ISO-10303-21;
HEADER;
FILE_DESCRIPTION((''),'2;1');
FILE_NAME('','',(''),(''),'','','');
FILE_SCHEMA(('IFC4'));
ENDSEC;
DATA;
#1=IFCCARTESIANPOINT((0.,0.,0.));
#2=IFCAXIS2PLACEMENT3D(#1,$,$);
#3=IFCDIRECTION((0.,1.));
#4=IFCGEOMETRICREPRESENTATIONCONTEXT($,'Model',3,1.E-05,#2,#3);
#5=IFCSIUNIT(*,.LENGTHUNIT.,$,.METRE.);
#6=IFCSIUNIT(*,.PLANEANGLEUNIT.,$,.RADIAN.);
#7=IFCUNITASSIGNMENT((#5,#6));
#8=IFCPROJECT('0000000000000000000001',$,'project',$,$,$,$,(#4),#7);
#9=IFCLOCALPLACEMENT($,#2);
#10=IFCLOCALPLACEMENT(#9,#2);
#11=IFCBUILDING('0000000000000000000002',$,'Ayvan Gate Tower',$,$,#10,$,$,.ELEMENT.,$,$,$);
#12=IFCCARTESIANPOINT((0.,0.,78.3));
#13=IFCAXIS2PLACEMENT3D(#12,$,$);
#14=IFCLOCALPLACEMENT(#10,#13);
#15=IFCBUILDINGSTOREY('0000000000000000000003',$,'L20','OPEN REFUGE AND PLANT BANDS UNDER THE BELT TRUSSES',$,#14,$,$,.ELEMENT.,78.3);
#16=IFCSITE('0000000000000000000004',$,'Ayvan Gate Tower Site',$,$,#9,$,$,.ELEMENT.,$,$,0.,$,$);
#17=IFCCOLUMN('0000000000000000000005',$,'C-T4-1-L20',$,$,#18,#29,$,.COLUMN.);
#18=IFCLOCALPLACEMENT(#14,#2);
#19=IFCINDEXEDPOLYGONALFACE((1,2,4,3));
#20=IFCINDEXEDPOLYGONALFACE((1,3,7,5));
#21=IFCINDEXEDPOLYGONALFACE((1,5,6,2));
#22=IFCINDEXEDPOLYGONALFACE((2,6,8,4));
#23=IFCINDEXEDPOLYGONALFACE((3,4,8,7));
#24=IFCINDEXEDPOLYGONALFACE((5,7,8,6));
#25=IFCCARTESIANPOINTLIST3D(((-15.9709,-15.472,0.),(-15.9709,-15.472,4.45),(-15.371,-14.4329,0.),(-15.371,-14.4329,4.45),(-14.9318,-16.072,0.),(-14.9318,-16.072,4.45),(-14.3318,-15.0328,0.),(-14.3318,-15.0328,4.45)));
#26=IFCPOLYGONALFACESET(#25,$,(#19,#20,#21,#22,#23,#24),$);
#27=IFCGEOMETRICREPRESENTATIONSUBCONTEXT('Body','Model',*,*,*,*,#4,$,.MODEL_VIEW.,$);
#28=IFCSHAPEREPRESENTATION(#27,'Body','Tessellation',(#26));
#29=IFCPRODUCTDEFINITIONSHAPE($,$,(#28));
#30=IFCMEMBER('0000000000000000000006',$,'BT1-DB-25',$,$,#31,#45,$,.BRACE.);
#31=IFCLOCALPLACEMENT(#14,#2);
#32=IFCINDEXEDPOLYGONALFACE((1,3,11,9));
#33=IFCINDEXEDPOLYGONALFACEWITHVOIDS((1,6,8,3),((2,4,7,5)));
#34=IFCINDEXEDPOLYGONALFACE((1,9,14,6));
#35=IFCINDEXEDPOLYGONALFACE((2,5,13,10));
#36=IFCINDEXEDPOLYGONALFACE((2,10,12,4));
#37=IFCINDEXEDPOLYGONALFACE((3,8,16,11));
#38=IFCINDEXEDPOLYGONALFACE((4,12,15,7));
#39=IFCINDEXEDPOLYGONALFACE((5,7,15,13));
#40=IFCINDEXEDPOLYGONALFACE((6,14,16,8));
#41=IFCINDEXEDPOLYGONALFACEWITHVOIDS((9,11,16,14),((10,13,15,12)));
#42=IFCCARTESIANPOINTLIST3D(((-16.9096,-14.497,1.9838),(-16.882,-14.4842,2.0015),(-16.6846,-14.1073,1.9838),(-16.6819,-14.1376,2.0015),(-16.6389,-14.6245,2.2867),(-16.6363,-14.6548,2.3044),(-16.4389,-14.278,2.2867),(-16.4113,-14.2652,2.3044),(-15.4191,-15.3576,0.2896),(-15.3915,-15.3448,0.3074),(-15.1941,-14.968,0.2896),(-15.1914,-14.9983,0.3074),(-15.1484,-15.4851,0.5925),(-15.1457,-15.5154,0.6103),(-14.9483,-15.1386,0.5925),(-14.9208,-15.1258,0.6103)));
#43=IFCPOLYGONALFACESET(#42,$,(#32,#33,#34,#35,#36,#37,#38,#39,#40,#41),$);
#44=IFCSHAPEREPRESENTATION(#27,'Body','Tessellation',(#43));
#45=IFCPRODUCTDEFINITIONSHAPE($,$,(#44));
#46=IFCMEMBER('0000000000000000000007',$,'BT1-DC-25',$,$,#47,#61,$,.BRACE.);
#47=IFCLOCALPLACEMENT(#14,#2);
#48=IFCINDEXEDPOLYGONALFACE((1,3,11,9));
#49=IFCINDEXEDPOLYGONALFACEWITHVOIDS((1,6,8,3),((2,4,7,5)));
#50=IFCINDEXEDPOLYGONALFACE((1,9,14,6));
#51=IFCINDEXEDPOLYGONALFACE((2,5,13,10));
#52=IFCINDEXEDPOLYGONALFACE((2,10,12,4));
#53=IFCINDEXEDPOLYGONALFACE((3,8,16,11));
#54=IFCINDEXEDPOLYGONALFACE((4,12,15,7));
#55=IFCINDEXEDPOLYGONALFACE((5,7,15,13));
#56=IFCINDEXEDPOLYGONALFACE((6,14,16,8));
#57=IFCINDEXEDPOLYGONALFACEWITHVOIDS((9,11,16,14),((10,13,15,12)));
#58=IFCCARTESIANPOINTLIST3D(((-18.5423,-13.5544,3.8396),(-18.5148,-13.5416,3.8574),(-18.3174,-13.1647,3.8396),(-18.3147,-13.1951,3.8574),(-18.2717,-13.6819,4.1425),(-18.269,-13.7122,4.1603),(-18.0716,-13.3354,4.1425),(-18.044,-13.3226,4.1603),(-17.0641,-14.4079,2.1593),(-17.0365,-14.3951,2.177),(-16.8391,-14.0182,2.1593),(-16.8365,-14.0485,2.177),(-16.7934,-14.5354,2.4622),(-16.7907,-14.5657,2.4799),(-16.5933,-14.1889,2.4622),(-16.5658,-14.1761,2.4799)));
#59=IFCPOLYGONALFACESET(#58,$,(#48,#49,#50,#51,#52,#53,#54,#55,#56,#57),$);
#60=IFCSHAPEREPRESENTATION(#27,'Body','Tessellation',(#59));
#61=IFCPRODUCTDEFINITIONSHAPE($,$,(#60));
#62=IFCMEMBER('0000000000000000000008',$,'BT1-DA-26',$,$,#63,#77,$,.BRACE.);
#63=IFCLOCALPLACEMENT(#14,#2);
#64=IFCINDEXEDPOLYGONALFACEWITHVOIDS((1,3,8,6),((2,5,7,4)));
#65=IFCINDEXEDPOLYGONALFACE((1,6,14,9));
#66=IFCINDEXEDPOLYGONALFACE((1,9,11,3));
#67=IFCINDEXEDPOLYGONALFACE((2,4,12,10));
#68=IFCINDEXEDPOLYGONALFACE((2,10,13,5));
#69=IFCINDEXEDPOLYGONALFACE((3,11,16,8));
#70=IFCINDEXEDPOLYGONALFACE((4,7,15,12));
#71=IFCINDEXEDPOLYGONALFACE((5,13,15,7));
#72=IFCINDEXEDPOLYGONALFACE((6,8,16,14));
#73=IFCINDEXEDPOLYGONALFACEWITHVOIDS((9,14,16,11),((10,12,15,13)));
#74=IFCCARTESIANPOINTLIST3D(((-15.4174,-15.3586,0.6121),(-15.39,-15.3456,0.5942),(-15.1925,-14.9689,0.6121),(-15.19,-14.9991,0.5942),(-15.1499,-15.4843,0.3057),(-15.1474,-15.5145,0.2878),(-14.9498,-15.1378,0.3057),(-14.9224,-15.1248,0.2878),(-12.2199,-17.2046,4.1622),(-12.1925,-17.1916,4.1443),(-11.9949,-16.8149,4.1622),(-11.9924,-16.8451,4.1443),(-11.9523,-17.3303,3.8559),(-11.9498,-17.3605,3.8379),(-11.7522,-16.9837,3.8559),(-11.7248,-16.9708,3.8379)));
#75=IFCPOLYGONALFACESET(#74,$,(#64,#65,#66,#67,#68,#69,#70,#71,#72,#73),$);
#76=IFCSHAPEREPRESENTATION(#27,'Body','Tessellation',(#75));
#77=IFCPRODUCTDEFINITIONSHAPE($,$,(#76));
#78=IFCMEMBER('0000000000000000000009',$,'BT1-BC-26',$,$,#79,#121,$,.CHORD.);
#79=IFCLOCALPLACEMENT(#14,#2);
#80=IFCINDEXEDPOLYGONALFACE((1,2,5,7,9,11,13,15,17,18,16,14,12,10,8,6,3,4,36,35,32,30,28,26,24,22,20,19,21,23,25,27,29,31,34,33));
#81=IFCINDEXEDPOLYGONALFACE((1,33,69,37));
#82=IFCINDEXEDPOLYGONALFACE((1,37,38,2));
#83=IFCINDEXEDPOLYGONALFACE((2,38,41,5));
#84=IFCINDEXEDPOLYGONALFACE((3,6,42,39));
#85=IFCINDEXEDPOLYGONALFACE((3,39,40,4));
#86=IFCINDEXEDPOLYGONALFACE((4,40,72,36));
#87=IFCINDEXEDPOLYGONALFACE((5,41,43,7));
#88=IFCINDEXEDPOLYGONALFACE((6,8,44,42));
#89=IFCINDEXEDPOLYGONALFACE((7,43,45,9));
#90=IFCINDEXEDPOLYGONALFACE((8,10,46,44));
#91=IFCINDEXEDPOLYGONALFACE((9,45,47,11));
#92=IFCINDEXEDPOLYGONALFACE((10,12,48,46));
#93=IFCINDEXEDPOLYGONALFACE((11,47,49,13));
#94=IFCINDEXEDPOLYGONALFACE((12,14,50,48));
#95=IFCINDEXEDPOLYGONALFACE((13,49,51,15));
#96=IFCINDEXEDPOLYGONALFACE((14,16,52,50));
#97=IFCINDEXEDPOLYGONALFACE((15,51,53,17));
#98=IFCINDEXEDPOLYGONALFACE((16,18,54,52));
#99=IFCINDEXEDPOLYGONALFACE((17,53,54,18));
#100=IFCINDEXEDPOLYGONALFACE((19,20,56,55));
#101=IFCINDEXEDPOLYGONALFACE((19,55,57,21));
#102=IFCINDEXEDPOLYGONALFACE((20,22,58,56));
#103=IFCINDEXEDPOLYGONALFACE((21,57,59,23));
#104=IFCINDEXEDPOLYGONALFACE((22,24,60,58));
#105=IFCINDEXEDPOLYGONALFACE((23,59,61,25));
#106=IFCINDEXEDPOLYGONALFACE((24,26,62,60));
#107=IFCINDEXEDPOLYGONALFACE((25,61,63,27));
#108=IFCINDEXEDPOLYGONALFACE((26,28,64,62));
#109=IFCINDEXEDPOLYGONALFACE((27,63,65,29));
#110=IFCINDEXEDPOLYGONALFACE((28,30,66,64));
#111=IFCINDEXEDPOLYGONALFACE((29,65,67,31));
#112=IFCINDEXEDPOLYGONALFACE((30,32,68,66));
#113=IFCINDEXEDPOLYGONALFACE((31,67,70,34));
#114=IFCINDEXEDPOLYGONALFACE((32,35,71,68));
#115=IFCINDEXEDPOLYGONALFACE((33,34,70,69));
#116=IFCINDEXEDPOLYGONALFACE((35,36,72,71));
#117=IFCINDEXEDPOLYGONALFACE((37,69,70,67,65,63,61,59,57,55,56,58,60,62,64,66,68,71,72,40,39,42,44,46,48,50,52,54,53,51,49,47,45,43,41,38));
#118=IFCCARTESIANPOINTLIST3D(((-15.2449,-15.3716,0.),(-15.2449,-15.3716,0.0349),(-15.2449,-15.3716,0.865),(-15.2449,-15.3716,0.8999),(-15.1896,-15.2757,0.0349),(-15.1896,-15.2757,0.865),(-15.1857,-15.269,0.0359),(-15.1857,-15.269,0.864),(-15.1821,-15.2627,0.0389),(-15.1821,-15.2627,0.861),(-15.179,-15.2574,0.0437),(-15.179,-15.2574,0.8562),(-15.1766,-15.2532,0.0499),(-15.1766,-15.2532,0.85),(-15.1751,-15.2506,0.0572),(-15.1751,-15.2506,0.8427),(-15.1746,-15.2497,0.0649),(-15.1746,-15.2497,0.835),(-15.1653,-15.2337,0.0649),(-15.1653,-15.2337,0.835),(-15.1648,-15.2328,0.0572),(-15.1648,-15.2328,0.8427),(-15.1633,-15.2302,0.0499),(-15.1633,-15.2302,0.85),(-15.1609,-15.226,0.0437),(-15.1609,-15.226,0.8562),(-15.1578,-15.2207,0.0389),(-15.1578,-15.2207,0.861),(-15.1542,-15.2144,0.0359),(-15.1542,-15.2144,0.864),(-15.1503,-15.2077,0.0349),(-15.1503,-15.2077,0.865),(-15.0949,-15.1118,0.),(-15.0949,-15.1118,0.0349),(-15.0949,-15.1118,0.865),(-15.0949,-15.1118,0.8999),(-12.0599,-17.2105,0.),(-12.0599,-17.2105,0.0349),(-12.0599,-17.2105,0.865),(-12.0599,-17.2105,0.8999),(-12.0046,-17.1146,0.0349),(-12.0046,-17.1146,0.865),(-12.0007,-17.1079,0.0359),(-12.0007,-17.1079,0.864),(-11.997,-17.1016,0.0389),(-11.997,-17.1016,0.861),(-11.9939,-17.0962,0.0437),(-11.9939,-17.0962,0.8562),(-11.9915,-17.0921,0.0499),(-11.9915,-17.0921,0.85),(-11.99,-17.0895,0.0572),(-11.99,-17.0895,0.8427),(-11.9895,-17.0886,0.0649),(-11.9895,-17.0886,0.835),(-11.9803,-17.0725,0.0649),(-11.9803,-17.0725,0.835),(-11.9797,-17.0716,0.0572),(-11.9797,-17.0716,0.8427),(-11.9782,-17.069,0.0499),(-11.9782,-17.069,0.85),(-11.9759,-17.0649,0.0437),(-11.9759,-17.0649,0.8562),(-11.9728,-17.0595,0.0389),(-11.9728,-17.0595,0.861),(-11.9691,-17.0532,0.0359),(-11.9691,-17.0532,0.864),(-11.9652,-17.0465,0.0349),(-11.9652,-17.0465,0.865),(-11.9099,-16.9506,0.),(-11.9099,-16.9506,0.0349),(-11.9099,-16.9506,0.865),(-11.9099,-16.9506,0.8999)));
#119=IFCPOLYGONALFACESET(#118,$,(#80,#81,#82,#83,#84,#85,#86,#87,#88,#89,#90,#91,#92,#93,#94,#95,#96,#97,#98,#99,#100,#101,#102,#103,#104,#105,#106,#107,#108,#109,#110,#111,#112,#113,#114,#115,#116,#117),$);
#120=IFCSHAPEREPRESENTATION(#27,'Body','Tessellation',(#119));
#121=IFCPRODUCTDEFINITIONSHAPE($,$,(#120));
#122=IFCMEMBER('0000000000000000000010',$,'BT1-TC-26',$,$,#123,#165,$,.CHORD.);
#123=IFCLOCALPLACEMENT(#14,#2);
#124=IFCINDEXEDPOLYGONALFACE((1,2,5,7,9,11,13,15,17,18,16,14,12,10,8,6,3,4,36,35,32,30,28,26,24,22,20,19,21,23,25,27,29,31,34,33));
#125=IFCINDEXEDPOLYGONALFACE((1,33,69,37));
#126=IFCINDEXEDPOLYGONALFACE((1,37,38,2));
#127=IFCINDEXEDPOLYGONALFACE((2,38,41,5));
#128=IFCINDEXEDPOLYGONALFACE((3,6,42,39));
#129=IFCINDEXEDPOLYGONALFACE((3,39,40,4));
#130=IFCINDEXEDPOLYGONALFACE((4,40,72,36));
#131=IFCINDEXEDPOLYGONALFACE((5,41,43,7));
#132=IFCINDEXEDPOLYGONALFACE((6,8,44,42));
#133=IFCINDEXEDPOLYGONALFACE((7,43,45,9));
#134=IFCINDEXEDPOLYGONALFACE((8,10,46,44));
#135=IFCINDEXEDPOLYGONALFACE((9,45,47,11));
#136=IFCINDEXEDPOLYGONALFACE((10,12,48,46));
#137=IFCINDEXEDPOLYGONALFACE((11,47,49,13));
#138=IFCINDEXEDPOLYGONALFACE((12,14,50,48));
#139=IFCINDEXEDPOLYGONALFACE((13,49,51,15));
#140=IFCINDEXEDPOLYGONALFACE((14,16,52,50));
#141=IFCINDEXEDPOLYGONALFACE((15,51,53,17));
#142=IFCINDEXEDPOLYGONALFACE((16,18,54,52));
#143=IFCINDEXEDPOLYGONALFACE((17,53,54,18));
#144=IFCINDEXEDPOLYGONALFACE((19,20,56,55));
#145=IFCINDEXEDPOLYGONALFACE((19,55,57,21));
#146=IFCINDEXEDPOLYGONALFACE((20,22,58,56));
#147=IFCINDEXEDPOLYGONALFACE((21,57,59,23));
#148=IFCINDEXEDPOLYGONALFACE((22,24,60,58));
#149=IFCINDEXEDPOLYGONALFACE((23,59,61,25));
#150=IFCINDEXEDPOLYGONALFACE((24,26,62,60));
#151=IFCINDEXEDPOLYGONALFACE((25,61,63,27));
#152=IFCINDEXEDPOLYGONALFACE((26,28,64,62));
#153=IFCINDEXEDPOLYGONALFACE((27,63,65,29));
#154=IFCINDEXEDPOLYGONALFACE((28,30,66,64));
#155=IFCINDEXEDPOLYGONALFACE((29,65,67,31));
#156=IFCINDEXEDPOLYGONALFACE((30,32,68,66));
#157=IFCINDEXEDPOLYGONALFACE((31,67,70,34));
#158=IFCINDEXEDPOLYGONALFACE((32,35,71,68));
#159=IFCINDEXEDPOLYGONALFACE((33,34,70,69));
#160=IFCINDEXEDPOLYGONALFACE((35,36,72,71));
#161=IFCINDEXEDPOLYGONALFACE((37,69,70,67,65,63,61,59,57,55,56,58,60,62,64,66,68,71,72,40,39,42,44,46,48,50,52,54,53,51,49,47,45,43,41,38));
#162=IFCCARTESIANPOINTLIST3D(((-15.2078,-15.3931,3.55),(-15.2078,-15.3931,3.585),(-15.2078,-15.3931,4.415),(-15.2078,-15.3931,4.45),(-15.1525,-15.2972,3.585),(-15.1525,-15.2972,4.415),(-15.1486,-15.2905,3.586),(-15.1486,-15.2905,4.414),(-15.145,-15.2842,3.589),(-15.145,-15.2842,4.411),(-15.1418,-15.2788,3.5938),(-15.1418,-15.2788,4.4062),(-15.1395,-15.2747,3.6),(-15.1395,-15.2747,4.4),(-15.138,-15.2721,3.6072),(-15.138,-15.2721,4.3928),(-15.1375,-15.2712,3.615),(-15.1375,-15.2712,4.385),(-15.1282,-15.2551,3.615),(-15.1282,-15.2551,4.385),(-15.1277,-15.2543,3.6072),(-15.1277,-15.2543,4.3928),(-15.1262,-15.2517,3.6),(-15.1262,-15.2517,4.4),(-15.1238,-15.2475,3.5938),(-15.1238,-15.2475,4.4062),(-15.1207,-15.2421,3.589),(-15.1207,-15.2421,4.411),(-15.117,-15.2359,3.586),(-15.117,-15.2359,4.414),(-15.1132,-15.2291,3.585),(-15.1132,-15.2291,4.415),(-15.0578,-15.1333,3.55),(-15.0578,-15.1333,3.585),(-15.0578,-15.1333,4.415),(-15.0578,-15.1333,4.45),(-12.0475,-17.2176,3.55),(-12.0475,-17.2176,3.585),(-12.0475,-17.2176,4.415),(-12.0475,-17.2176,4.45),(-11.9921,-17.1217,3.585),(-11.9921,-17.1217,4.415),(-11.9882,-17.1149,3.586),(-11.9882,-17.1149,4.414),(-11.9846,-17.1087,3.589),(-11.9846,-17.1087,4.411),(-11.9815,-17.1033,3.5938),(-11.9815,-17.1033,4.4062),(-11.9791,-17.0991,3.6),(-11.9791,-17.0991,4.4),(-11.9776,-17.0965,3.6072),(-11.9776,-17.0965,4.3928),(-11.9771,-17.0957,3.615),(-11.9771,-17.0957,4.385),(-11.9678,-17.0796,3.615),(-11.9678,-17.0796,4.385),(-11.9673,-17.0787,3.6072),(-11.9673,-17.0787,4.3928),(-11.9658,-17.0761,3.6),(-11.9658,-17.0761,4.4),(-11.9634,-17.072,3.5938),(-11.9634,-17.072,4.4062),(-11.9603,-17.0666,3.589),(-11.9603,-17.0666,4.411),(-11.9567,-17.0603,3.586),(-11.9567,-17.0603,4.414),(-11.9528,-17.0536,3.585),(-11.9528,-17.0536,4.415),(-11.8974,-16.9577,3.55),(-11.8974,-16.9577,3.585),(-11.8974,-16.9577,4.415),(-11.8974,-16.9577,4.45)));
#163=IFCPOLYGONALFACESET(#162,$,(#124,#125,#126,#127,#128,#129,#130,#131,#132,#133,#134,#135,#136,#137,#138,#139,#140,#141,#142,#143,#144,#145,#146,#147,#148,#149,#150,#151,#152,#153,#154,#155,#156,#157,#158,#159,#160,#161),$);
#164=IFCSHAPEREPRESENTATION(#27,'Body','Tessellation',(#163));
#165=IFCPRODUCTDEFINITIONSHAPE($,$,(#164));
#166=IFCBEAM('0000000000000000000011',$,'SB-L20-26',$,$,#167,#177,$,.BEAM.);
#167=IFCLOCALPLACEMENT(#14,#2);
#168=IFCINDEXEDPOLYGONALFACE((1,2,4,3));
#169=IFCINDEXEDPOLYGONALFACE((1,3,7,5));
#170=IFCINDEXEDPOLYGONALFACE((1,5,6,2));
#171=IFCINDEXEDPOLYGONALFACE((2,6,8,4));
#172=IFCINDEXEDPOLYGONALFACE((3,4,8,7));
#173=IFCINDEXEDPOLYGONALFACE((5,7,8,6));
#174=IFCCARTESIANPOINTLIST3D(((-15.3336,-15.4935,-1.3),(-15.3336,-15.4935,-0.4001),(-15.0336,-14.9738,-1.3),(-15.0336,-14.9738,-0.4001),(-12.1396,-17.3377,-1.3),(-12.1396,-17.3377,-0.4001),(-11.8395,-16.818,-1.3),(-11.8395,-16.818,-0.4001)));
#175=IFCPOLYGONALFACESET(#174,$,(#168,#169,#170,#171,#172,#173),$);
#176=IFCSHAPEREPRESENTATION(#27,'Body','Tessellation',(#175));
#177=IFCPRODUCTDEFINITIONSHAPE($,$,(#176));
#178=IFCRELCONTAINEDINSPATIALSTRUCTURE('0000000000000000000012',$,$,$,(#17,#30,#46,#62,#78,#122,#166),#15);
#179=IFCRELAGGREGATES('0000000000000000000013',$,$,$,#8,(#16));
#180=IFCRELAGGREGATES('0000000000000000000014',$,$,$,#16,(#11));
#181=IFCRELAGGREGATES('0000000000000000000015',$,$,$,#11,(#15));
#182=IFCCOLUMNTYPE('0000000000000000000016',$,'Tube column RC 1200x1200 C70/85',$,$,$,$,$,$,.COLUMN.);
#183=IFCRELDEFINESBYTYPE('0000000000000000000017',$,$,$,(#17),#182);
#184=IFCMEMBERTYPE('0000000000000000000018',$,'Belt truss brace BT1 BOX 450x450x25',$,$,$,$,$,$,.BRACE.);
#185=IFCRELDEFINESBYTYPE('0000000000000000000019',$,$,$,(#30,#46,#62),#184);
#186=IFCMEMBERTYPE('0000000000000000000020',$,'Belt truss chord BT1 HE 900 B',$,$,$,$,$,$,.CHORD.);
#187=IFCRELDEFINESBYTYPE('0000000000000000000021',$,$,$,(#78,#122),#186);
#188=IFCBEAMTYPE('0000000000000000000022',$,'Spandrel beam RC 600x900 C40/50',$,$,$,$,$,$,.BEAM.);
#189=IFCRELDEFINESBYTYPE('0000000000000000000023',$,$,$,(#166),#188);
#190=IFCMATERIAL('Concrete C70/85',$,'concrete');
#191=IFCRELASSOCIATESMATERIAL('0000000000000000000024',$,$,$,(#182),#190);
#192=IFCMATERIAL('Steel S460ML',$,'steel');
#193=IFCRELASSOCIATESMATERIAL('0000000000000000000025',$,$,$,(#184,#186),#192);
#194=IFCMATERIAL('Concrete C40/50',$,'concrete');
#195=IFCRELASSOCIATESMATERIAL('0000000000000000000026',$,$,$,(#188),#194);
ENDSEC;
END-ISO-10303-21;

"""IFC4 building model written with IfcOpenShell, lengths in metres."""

from ifc_helpers import new_model, si_unit, direction, frame, origin, origin_2d, place, context, subcontext, project, spatial, rectangle, hollow_rectangle, i_section, extrude, material, material_profile, profile_set, type_object, element, save


model = new_model("IFC4")

# Units and contexts
model_context = context("Model", 3, precision=1e-05, world=origin(), true_north=direction((0.0, 1.0)))
body_context = subcontext(model_context, "Body", "Model", "MODEL_VIEW")
ifc_project = project(units=[si_unit("LENGTHUNIT", "METRE"), si_unit("PLANEANGLEUNIT", "RADIAN")], contexts=[model_context])

# Site, building, storey
site_placement = place(None, origin())
site = spatial("IfcSite", under=ifc_project, at=site_placement, Name="Ayvan Gate Tower Site", CompositionType="ELEMENT", RefElevation=0.0)
building_placement = place(site_placement, origin())
building = spatial("IfcBuilding", under=site, at=building_placement, Name="Ayvan Gate Tower", CompositionType="ELEMENT")
storey_placement = place(building_placement, frame((0.0, 0.0, 78.3)))
storey = spatial("IfcBuildingStorey", under=building, at=storey_placement, Name="L20", Description="OPEN REFUGE AND PLANT BANDS UNDER THE BELT TRUSSES", CompositionType="ELEMENT", Elevation=78.3)

# Column
ifc_material_1 = material(Name="Concrete C70/85", Category="concrete")
ifc_material_profile_1 = material_profile(ifc_material_1, rectangle(XDim=1.2, YDim=1.2, at=origin_2d()), Name="RC 1200x1200")
ifc_profile_set_1 = profile_set([ifc_material_profile_1], Name="Concrete C70/85")
column_type = type_object("IfcColumnType", Name="Tube column RC 1200x1200 C70/85", PredefinedType="COLUMN", material=ifc_profile_set_1)
column_placement = place(storey_placement, frame((-15.1514, -15.2524, 0.0), z_axis=(0.0, 0.0, 1.0), x_axis=(-0.5, -0.866025, 0.0)))
element("IfcColumn", 1, at=column_placement, inside=storey, type_object=column_type, Name="C-T4-1-L20", PredefinedType="COLUMN", context=body_context, shape_type="SweptSolid", body=[
    extrude(rectangle(XDim=1.2, YDim=1.2, at=origin_2d()), origin(), (0.0, 0.0, 1.0), 4.45),
])

# Members
ifc_material_2 = material(Name="Steel S460ML", Category="steel")
ifc_material_profile_2 = material_profile(ifc_material_2, hollow_rectangle(XDim=0.45, YDim=0.45, WallThickness=0.0249, at=origin_2d()), Name="BOX 450x450x25")
ifc_profile_set_2 = profile_set([ifc_material_profile_2], Name="Steel S460ML")
member_type_1 = type_object("IfcMemberType", Name="Belt truss brace BT1 BOX 450x450x25", PredefinedType="BRACE", material=ifc_profile_set_2)
member_1_placement = place(storey_placement, frame((-15.1699, -15.2417, 0.45), z_axis=(-0.617182, 0.356358, 0.701495), x_axis=(-0.500029, -0.866008, 0.0)))
element("IfcMember", 2, at=member_1_placement, inside=storey, type_object=member_type_1, Name="BT1-DB-25", PredefinedType="BRACE", context=body_context, shape_type="SweptSolid", body=[
    extrude(hollow_rectangle(XDim=0.45, YDim=0.45, WallThickness=0.0249, at=origin_2d()), origin(), (0.0, 0.0, 1.0), 2.415),
])
member_2_placement = place(storey_placement, frame((-16.8149, -14.292, 2.3196), z_axis=(-0.617148, 0.356325, 0.701541), x_axis=(-0.500015, -0.866016, 0.0)))
element("IfcMember", 3, at=member_2_placement, inside=storey, type_object=member_type_1, Name="BT1-DC-25", PredefinedType="BRACE", context=body_context, shape_type="SweptSolid", body=[
    extrude(hollow_rectangle(XDim=0.45, YDim=0.45, WallThickness=0.0249, at=origin_2d()), origin(), (0.0, 0.0, 1.0), 2.3953),
])
member_3_placement = place(storey_placement, frame((-15.1699, -15.2417, 0.45), z_axis=(0.624275, -0.360399, 0.693104), x_axis=(0.499972, 0.866041, 0.0)))
element("IfcMember", 4, at=member_3_placement, inside=storey, type_object=member_type_1, Name="BT1-DA-26", PredefinedType="BRACE", context=body_context, shape_type="SweptSolid", body=[
    extrude(hollow_rectangle(XDim=0.45, YDim=0.45, WallThickness=0.0249, at=origin_2d()), origin(), (0.0, 0.0, 1.0), 5.1221),
])
ifc_material_profile_3 = material_profile(ifc_material_2, i_section(OverallWidth=0.3, OverallDepth=0.8999, WebThickness=0.0186, FlangeThickness=0.0349, FilletRadius=0.03, at=origin_2d()), Name="HE 900 B")
ifc_profile_set_3 = profile_set([ifc_material_profile_3], Name="Steel S460ML")
member_type_2 = type_object("IfcMemberType", Name="Belt truss chord BT1 HE 900 B", PredefinedType="CHORD", material=ifc_profile_set_3)
member_4_placement = place(storey_placement, frame((-15.1699, -15.2417, 0.45), z_axis=(0.866029, -0.499994, 0.0), x_axis=(0.499994, 0.866029, 0.0)))
element("IfcMember", 5, at=member_4_placement, inside=storey, type_object=member_type_2, Name="BT1-BC-26", PredefinedType="CHORD", context=body_context, shape_type="SweptSolid", body=[
    extrude(i_section(OverallWidth=0.3, OverallDepth=0.8999, WebThickness=0.0186, FlangeThickness=0.0349, FilletRadius=0.03, at=origin_2d()), origin(), (0.0, 0.0, 1.0), 3.6777),
])
member_5_placement = place(storey_placement, frame((-15.1328, -15.2632, 4.0), z_axis=(0.866049, -0.49996, 0.0), x_axis=(0.49996, 0.866049, 0.0)))
element("IfcMember", 6, at=member_5_placement, inside=storey, type_object=member_type_2, Name="BT1-TC-26", PredefinedType="CHORD", context=body_context, shape_type="SweptSolid", body=[
    extrude(i_section(OverallWidth=0.3, OverallDepth=0.8999, WebThickness=0.0186, FlangeThickness=0.0349, FilletRadius=0.03, at=origin_2d()), origin(), (0.0, 0.0, 1.0), 3.6492),
])

# Beam
ifc_material_3 = material(Name="Concrete C40/50", Category="concrete")
ifc_material_profile_4 = material_profile(ifc_material_3, rectangle(XDim=0.6001, YDim=0.8999, at=origin_2d()), Name="RC 600x900")
ifc_profile_set_4 = profile_set([ifc_material_profile_4], Name="Concrete C40/50")
beam_type_1 = type_object("IfcBeamType", Name="Spandrel beam RC 600x900 C40/50", PredefinedType="BEAM", material=ifc_profile_set_4)
beam_1_placement = place(storey_placement, frame((-15.1836, -15.2336, -0.8501), z_axis=(0.86601, -0.500026, 0.0), x_axis=(0.500026, 0.86601, 0.0)))
element("IfcBeam", 7, at=beam_1_placement, inside=storey, type_object=beam_type_1, Name="SB-L20-26", PredefinedType="BEAM", context=body_context, shape_type="SweptSolid", body=[
    extrude(rectangle(XDim=0.6001, YDim=0.8999, at=origin_2d()), origin(), (0.0, 0.0, 1.0), 3.6882),
])

save(model, "model.ifc")
